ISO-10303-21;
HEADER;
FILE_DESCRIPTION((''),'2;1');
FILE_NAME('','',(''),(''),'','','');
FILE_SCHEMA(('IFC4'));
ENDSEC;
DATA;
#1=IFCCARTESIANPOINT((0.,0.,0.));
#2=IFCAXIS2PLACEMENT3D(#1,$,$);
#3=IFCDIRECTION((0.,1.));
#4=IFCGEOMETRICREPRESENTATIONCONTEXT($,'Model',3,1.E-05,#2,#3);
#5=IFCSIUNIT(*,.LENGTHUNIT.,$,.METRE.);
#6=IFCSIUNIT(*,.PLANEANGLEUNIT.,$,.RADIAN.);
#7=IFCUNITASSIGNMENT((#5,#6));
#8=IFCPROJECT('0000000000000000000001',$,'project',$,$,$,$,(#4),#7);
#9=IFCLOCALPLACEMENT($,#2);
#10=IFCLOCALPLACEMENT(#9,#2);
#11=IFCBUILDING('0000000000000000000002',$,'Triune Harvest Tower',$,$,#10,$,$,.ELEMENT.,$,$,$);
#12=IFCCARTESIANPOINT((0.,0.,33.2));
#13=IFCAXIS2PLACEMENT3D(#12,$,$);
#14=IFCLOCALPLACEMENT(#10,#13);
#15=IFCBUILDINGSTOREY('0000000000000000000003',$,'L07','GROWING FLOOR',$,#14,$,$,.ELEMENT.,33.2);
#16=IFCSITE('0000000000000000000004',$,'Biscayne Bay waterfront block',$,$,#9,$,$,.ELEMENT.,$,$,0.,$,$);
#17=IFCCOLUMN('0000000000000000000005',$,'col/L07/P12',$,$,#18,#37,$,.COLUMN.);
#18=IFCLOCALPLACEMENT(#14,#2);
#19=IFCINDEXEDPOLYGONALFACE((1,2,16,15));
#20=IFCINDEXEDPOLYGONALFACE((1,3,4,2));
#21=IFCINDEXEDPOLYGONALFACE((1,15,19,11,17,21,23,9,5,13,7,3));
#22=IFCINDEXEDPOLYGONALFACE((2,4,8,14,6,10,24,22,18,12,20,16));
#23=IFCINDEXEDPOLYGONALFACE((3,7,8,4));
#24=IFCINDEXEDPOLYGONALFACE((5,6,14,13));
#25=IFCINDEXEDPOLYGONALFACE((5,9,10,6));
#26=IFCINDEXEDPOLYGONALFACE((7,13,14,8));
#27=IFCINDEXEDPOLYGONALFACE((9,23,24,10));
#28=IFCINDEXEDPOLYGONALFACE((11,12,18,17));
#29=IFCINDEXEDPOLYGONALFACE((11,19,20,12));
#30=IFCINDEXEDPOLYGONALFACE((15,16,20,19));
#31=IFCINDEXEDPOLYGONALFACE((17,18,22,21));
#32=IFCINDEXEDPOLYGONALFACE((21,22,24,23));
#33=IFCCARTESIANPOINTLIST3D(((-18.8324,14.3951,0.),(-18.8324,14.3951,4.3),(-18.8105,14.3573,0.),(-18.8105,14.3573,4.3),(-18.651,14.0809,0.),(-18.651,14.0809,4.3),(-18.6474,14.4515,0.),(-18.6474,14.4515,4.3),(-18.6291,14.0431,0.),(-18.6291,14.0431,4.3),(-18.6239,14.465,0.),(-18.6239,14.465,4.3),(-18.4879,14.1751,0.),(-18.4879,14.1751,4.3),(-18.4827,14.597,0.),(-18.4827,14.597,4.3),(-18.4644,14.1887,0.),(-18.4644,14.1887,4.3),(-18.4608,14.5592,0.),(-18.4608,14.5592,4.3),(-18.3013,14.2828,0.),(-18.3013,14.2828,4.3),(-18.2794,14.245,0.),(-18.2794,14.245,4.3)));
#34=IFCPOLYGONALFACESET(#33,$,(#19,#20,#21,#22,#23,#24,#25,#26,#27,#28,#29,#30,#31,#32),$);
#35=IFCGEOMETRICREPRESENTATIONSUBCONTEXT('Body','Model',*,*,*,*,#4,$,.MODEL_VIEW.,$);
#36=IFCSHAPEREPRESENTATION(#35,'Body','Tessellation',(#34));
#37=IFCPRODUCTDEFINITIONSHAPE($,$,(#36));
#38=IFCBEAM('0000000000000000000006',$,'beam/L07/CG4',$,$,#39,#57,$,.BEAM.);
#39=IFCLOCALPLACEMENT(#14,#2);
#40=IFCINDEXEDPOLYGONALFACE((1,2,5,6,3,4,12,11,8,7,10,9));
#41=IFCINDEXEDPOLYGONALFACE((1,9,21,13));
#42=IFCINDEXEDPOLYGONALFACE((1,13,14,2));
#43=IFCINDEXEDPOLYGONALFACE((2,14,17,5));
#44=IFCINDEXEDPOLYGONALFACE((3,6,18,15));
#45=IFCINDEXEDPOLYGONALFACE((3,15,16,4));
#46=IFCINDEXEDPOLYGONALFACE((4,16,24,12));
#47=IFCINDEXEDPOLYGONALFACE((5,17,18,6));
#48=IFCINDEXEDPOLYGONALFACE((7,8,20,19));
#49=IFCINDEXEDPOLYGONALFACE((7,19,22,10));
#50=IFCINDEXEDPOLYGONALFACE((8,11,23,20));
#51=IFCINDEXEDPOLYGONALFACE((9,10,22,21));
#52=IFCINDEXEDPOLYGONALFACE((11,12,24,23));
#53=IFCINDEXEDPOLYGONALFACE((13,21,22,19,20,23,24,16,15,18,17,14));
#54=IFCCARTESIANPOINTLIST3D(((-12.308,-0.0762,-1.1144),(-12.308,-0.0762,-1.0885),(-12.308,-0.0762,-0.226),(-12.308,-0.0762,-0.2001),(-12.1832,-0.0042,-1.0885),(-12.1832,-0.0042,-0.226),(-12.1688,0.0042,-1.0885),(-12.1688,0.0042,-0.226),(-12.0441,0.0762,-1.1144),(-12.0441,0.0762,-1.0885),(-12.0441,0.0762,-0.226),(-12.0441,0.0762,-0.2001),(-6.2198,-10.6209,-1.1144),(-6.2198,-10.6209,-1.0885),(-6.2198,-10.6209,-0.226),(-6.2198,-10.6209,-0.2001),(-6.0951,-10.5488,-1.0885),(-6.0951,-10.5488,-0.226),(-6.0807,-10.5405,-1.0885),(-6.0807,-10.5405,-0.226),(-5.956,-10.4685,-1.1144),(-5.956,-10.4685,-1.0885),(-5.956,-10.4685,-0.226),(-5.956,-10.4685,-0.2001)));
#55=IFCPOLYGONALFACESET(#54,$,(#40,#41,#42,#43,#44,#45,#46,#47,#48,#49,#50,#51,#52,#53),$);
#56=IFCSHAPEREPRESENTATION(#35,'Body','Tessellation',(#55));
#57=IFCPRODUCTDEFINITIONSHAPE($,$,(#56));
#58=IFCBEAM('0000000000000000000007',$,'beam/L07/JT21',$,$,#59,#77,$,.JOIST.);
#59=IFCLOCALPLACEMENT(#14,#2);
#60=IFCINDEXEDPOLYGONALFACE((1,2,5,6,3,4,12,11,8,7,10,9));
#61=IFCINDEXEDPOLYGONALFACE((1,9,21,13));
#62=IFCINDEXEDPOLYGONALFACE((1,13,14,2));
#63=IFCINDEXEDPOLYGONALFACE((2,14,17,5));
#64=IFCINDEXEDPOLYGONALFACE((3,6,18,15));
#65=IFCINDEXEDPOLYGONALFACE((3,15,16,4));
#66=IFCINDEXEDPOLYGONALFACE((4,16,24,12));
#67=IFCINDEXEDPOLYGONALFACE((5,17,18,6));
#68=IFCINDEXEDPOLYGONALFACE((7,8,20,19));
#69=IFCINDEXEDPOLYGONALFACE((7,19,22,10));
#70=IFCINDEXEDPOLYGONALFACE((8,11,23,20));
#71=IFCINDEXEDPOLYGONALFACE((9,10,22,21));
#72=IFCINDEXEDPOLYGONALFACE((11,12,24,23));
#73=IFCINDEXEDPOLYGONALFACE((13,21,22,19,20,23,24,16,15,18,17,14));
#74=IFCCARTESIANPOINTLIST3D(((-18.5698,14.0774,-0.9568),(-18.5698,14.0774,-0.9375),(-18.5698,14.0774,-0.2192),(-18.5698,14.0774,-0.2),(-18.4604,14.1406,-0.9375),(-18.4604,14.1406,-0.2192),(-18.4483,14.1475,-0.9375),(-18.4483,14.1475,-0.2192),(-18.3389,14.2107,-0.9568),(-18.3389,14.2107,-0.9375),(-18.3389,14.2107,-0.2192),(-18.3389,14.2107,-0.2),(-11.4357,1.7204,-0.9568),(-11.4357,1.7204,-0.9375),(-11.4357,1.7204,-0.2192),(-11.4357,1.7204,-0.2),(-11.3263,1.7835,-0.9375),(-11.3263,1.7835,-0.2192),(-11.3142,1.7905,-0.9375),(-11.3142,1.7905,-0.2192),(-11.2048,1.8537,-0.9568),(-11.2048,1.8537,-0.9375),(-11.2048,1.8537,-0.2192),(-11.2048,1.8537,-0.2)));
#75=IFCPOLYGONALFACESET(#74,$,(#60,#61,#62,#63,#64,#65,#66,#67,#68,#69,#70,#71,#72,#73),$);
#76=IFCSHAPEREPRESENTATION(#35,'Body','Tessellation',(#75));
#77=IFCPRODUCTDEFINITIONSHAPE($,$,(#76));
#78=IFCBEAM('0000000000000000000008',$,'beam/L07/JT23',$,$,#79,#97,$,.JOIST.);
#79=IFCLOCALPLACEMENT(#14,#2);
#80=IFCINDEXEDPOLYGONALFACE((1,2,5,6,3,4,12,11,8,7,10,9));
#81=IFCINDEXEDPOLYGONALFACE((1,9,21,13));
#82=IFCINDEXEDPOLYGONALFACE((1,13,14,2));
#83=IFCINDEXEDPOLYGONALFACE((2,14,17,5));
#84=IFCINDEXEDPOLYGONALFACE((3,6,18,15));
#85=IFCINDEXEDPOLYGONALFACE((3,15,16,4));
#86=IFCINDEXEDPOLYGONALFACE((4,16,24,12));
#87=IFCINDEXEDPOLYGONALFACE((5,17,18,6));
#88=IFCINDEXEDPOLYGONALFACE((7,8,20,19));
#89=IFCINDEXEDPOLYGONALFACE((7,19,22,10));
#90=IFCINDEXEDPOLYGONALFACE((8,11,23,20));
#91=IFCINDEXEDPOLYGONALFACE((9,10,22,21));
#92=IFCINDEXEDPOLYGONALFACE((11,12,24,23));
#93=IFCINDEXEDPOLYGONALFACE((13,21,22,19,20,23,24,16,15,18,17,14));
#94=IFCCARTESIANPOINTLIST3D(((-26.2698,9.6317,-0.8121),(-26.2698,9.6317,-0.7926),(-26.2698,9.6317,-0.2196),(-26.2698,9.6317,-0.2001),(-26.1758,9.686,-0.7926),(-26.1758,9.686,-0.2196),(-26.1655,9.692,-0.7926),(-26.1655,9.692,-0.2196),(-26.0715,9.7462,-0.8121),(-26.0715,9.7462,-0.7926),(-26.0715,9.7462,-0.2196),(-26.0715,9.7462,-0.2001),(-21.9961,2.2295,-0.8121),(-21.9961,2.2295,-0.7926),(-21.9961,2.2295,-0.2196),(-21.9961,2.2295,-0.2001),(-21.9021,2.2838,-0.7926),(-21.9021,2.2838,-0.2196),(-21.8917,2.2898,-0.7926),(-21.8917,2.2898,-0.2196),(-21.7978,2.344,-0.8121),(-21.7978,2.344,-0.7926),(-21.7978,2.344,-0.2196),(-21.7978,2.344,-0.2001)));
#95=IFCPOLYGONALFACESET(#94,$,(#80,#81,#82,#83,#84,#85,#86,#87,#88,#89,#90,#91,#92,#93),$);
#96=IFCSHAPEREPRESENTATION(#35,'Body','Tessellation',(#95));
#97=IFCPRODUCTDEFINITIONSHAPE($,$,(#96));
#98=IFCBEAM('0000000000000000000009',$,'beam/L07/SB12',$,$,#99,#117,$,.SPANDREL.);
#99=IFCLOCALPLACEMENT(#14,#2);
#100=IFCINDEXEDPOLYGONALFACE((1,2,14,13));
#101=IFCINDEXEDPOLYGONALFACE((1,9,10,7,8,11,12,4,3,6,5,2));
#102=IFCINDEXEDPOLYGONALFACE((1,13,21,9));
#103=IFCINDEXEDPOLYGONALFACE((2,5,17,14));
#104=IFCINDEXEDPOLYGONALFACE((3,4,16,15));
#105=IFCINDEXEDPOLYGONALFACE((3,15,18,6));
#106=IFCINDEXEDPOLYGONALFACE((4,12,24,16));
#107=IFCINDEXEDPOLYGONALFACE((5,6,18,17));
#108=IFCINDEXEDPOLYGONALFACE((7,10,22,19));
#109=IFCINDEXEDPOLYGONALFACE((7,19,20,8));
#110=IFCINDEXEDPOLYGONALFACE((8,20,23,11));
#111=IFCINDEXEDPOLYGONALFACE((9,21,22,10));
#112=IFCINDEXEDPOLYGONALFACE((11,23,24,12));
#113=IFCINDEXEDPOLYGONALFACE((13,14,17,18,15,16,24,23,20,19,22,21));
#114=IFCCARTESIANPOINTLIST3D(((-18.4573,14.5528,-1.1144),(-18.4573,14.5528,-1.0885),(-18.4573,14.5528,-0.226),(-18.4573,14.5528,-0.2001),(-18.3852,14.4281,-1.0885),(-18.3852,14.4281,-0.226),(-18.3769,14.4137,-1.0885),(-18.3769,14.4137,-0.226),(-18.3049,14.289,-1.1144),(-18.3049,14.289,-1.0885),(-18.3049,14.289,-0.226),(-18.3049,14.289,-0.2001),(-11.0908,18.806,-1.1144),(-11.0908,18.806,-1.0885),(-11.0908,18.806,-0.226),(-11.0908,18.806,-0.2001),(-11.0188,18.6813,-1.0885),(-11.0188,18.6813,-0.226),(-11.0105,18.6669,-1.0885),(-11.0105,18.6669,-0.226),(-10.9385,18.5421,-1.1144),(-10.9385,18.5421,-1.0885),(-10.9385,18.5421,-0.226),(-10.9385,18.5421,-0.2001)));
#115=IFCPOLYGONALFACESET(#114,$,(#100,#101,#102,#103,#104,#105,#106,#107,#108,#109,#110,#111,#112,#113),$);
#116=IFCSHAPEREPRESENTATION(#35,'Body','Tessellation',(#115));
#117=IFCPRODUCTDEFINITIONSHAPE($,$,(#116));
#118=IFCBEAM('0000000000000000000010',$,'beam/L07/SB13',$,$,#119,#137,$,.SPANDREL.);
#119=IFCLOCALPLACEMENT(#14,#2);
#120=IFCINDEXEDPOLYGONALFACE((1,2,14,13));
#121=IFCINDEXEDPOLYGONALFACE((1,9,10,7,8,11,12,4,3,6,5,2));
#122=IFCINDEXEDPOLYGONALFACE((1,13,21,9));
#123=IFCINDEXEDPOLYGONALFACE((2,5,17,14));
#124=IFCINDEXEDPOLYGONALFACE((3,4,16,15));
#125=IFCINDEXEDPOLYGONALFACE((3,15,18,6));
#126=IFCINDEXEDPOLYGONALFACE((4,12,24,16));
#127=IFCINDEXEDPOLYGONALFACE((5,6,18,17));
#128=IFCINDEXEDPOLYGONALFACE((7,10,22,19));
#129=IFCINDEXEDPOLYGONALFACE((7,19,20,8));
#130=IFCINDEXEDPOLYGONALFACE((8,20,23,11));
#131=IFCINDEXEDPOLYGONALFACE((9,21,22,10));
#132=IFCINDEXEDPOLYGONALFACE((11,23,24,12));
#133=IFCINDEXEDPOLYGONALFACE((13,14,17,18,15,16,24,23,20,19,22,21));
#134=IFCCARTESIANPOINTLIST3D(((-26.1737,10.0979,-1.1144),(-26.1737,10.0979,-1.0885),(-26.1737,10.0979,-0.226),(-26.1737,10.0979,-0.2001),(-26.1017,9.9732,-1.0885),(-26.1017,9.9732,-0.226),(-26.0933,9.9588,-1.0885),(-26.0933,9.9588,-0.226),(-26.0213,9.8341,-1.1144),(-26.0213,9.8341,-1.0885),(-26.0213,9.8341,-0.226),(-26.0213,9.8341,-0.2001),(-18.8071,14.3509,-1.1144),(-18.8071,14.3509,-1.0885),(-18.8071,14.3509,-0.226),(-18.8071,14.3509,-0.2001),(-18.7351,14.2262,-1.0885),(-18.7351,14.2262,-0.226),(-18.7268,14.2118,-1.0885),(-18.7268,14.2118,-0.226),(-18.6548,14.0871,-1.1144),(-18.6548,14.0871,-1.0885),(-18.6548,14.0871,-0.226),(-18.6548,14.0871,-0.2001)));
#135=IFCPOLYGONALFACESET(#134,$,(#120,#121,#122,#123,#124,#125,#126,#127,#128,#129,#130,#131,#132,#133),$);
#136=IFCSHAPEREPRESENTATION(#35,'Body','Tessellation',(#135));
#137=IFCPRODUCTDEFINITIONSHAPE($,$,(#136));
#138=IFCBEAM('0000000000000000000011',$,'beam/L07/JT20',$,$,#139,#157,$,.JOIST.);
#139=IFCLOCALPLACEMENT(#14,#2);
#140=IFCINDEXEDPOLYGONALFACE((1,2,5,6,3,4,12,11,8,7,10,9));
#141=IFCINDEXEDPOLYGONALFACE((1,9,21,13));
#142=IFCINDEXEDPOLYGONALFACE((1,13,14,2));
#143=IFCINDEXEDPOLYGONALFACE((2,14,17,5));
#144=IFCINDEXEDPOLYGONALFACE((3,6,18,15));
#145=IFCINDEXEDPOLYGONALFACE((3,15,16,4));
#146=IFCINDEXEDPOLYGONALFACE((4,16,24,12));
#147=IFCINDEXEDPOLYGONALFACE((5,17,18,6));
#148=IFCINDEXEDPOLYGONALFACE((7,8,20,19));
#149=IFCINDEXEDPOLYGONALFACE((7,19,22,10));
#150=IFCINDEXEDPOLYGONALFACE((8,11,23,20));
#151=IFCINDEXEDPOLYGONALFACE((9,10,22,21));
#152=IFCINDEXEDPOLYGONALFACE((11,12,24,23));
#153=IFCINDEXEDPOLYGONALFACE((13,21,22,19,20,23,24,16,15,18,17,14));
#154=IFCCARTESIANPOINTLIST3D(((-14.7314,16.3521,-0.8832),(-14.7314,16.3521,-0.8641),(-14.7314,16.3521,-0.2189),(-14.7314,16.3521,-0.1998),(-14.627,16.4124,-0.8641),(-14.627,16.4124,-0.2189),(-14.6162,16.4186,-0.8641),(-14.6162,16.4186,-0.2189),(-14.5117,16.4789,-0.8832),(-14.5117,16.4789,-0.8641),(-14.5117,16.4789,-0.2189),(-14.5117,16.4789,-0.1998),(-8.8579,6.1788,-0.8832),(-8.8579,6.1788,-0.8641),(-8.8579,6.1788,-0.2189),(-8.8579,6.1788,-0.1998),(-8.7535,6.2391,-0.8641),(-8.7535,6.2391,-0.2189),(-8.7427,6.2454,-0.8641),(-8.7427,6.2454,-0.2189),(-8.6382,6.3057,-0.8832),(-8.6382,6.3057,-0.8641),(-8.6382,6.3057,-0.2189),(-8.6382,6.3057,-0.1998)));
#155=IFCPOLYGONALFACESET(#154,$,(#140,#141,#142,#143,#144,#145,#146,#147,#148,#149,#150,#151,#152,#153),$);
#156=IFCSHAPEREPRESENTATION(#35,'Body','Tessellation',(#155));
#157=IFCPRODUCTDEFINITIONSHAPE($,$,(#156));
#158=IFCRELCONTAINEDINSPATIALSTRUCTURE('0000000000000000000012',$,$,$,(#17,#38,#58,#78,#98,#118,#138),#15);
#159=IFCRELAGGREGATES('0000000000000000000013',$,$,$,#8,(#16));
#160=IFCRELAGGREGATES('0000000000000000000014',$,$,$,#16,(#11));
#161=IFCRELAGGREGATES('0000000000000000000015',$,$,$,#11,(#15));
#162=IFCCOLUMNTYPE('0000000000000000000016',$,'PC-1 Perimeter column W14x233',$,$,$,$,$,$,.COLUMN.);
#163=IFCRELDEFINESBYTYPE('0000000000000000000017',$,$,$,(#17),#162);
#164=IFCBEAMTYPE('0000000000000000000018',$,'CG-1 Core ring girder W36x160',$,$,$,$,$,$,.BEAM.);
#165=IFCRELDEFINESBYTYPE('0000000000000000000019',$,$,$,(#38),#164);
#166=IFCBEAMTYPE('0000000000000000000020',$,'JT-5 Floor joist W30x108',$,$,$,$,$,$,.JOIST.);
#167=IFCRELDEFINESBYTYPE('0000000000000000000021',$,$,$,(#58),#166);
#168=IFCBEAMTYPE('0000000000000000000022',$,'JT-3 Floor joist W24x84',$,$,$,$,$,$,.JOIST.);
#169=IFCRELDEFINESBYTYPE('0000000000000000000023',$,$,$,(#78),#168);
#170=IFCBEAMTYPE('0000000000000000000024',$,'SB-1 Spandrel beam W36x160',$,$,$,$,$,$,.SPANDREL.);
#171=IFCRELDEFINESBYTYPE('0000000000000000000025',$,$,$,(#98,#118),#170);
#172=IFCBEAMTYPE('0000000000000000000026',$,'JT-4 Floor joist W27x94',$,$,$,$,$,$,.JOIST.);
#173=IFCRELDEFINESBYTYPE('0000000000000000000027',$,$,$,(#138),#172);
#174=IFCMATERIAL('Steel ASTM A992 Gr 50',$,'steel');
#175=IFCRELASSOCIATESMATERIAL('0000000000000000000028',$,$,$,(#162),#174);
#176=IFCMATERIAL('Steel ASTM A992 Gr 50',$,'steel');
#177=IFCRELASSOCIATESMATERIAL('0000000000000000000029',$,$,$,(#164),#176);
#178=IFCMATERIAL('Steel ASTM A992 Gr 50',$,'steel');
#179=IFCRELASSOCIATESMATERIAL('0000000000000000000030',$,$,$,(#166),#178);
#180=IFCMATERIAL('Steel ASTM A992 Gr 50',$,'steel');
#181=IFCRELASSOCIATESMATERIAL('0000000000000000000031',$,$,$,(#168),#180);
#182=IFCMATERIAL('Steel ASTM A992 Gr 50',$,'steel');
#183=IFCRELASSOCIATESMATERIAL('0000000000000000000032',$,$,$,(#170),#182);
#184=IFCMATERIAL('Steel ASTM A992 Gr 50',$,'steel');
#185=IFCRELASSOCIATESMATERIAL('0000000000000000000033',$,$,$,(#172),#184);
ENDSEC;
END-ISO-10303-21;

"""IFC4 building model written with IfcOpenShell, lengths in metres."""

from ifc_helpers import new_model, si_unit, direction, frame, origin, origin_2d, place, context, subcontext, project, spatial, i_section, extrude, source, transform, mapped, material, material_profile, profile_set, type_object, element, save


model = new_model("IFC4")

# Units and contexts
model_context = context("Model", 3, precision=1e-05, world=origin(), true_north=direction((0.0, 1.0)))
body_context = subcontext(model_context, "Body", "Model", "MODEL_VIEW")
ifc_project = project(units=[si_unit("LENGTHUNIT", "METRE"), si_unit("PLANEANGLEUNIT", "RADIAN")], contexts=[model_context])

# Site, building, storey
site_placement = place(None, origin())
site = spatial("IfcSite", under=ifc_project, at=site_placement, Name="Biscayne Bay waterfront block", CompositionType="ELEMENT", RefElevation=0.0)
building_placement = place(site_placement, origin())
building = spatial("IfcBuilding", under=site, at=building_placement, Name="Triune Harvest Tower", CompositionType="ELEMENT")
storey_placement = place(building_placement, frame((0.0, 0.0, 33.2)))
storey = spatial("IfcBuildingStorey", under=building, at=storey_placement, Name="L07", Description="GROWING FLOOR", CompositionType="ELEMENT", Elevation=33.2)

# Column
ifc_material_1 = material(Name="Steel ASTM A992 Gr 50", Category="steel")
ifc_material_profile_1 = material_profile(ifc_material_1, i_section(OverallWidth=0.4038, OverallDepth=0.4065, WebThickness=0.0271, FlangeThickness=0.0437, at=origin_2d()), Name="W14x233")
ifc_profile_set_1 = profile_set([ifc_material_profile_1], Name="Steel ASTM A992 Gr 50")
column_type = type_object("IfcColumnType", Name="PC-1 Perimeter column W14x233", PredefinedType="COLUMN", material=ifc_profile_set_1)
shared_shape_1 = source(origin(), body_context, "Body", "SweptSolid", [
    extrude(i_section(OverallWidth=0.4038, OverallDepth=0.4065, WebThickness=0.0271, FlangeThickness=0.0437, at=origin_2d()), origin(), (0.0, 0.0, 1.0), 4.3),
])
column_placement = place(storey_placement, frame((-18.5559, 14.3201, 0.0), z_axis=(0.0, 0.0, 1.0), x_axis=(-0.866025, -0.5, 0.0)))
element("IfcColumn", 1, at=column_placement, inside=storey, type_object=column_type, Name="col/L07/P12", PredefinedType="COLUMN", context=body_context, shape_type="MappedRepresentation", body=[
    mapped(shared_shape_1, transform((0.0, 0.0, 0.0), scale=1.0)),
])

# Beams
ifc_material_2 = material(Name="Steel ASTM A992 Gr 50", Category="steel")
ifc_material_profile_2 = material_profile(ifc_material_2, i_section(OverallWidth=0.3047, OverallDepth=0.9143, WebThickness=0.0166, FlangeThickness=0.0259, at=origin_2d()), Name="W36x160")
ifc_profile_set_2 = profile_set([ifc_material_profile_2], Name="Steel ASTM A992 Gr 50")
beam_type_1 = type_object("IfcBeamType", Name="CG-1 Core ring girder W36x160", PredefinedType="BEAM", material=ifc_profile_set_2)
shared_shape_2 = source(origin(), body_context, "Body", "SweptSolid", [
    extrude(i_section(OverallWidth=0.3047, OverallDepth=0.9143, WebThickness=0.0166, FlangeThickness=0.0259, at=origin_2d()), origin(), (0.0, 0.0, 1.0), 12.176),
])
beam_1_placement = place(storey_placement, frame((-12.176, 0.0, -0.6572), z_axis=(0.50001, -0.86602, 0.0), x_axis=(0.86602, 0.50001, 0.0)))
element("IfcBeam", 2, at=beam_1_placement, inside=storey, type_object=beam_type_1, Name="beam/L07/CG4", PredefinedType="BEAM", context=body_context, shape_type="MappedRepresentation", body=[
    mapped(shared_shape_2, transform((0.0, 0.0, 0.0), scale=1.0)),
])
ifc_material_3 = material(Name="Steel ASTM A992 Gr 50", Category="steel")
ifc_material_profile_3 = material_profile(ifc_material_3, i_section(OverallWidth=0.2666, OverallDepth=0.7568, WebThickness=0.0139, FlangeThickness=0.0193, at=origin_2d()), Name="W30x108")
ifc_profile_set_3 = profile_set([ifc_material_profile_3], Name="Steel ASTM A992 Gr 50")
beam_type_2 = type_object("IfcBeamType", Name="JT-5 Floor joist W30x108", PredefinedType="JOIST", material=ifc_profile_set_3)
shared_shape_3 = source(origin(), body_context, "Body", "SweptSolid", [
    extrude(i_section(OverallWidth=0.2666, OverallDepth=0.7568, WebThickness=0.0139, FlangeThickness=0.0193, at=origin_2d()), origin(), (0.0, 0.0, 1.0), 14.2686),
])
beam_2_placement = place(storey_placement, frame((-18.4543, 14.144, -0.5784), z_axis=(0.499987, -0.866033, 0.0), x_axis=(0.866033, 0.499987, 0.0)))
element("IfcBeam", 3, at=beam_2_placement, inside=storey, type_object=beam_type_2, Name="beam/L07/JT21", PredefinedType="JOIST", context=body_context, shape_type="MappedRepresentation", body=[
    mapped(shared_shape_3, transform((0.0, 0.0, 0.0), scale=1.0)),
])
ifc_material_4 = material(Name="Steel ASTM A992 Gr 50", Category="steel")
ifc_material_profile_4 = material_profile(ifc_material_4, i_section(OverallWidth=0.229, OverallDepth=0.6121, WebThickness=0.012, FlangeThickness=0.0195, at=origin_2d()), Name="W24x84")
ifc_profile_set_4 = profile_set([ifc_material_profile_4], Name="Steel ASTM A992 Gr 50")
beam_type_3 = type_object("IfcBeamType", Name="JT-3 Floor joist W24x84", PredefinedType="JOIST", material=ifc_profile_set_4)
shared_shape_4 = source(origin(), body_context, "Body", "SweptSolid", [
    extrude(i_section(OverallWidth=0.229, OverallDepth=0.6121, WebThickness=0.012, FlangeThickness=0.0195, at=origin_2d()), origin(), (0.0, 0.0, 1.0), 8.5474),
])
beam_3_placement = place(storey_placement, frame((-26.1707, 9.689, -0.5061), z_axis=(0.500007, -0.866021, 0.0), x_axis=(0.866021, 0.500007, 0.0)))
element("IfcBeam", 4, at=beam_3_placement, inside=storey, type_object=beam_type_3, Name="beam/L07/JT23", PredefinedType="JOIST", context=body_context, shape_type="MappedRepresentation", body=[
    mapped(shared_shape_4, transform((0.0, 0.0, 0.0), scale=1.0)),
])
ifc_material_5 = material(Name="Steel ASTM A992 Gr 50", Category="steel")
ifc_material_profile_5 = material_profile(ifc_material_5, i_section(OverallWidth=0.3047, OverallDepth=0.9143, WebThickness=0.0166, FlangeThickness=0.0259, at=origin_2d()), Name="W36x160")
ifc_profile_set_5 = profile_set([ifc_material_profile_5], Name="Steel ASTM A992 Gr 50")
beam_type_4 = type_object("IfcBeamType", Name="SB-1 Spandrel beam W36x160", PredefinedType="SPANDREL", material=ifc_profile_set_5)
shared_shape_5 = source(origin(), body_context, "Body", "SweptSolid", [
    extrude(i_section(OverallWidth=0.3047, OverallDepth=0.9143, WebThickness=0.0166, FlangeThickness=0.0259, at=origin_2d()), origin(), (0.0, 0.0, 1.0), 8.5061),
])
for number, where, z_axis, x_axis, name in (
    (5, (-11.0146, 18.6741, -0.6572), (-0.866018, -0.500013, 0.0), (0.500013, -0.866018, 0.0), "beam/L07/SB12"),
    (6, (-18.731, 14.219, -0.6572), (-0.86603, -0.499992, 0.0), (0.499992, -0.86603, 0.0), "beam/L07/SB13"),
):
    element("IfcBeam", number, at=place(storey_placement, frame(where, z_axis=z_axis, x_axis=x_axis)), inside=storey, type_object=beam_type_4, Name=name, PredefinedType="SPANDREL", context=body_context, shape_type="MappedRepresentation", body=[
        mapped(shared_shape_5, transform((0.0, 0.0, 0.0), scale=1.0)),
    ])
ifc_material_6 = material(Name="Steel ASTM A992 Gr 50", Category="steel")
ifc_material_profile_6 = material_profile(ifc_material_6, i_section(OverallWidth=0.2537, OverallDepth=0.6833, WebThickness=0.0125, FlangeThickness=0.019, at=origin_2d()), Name="W27x94")
ifc_profile_set_6 = profile_set([ifc_material_profile_6], Name="Steel ASTM A992 Gr 50")
beam_type_5 = type_object("IfcBeamType", Name="JT-4 Floor joist W27x94", PredefinedType="JOIST", material=ifc_profile_set_6)
shared_shape_6 = source(origin(), body_context, "Body", "SweptSolid", [
    extrude(i_section(OverallWidth=0.2537, OverallDepth=0.6833, WebThickness=0.0125, FlangeThickness=0.019, at=origin_2d()), origin(), (0.0, 0.0, 1.0), 11.7471),
])
beam_4_placement = place(storey_placement, frame((-14.6216, 16.4155, -0.5415), z_axis=(0.499997, -0.866027, 0.0), x_axis=(0.866027, 0.499997, 0.0)))
element("IfcBeam", 7, at=beam_4_placement, inside=storey, type_object=beam_type_5, Name="beam/L07/JT20", PredefinedType="JOIST", context=body_context, shape_type="MappedRepresentation", body=[
    mapped(shared_shape_6, transform((0.0, 0.0, 0.0), scale=1.0)),
])

save(model, "model.ifc")
